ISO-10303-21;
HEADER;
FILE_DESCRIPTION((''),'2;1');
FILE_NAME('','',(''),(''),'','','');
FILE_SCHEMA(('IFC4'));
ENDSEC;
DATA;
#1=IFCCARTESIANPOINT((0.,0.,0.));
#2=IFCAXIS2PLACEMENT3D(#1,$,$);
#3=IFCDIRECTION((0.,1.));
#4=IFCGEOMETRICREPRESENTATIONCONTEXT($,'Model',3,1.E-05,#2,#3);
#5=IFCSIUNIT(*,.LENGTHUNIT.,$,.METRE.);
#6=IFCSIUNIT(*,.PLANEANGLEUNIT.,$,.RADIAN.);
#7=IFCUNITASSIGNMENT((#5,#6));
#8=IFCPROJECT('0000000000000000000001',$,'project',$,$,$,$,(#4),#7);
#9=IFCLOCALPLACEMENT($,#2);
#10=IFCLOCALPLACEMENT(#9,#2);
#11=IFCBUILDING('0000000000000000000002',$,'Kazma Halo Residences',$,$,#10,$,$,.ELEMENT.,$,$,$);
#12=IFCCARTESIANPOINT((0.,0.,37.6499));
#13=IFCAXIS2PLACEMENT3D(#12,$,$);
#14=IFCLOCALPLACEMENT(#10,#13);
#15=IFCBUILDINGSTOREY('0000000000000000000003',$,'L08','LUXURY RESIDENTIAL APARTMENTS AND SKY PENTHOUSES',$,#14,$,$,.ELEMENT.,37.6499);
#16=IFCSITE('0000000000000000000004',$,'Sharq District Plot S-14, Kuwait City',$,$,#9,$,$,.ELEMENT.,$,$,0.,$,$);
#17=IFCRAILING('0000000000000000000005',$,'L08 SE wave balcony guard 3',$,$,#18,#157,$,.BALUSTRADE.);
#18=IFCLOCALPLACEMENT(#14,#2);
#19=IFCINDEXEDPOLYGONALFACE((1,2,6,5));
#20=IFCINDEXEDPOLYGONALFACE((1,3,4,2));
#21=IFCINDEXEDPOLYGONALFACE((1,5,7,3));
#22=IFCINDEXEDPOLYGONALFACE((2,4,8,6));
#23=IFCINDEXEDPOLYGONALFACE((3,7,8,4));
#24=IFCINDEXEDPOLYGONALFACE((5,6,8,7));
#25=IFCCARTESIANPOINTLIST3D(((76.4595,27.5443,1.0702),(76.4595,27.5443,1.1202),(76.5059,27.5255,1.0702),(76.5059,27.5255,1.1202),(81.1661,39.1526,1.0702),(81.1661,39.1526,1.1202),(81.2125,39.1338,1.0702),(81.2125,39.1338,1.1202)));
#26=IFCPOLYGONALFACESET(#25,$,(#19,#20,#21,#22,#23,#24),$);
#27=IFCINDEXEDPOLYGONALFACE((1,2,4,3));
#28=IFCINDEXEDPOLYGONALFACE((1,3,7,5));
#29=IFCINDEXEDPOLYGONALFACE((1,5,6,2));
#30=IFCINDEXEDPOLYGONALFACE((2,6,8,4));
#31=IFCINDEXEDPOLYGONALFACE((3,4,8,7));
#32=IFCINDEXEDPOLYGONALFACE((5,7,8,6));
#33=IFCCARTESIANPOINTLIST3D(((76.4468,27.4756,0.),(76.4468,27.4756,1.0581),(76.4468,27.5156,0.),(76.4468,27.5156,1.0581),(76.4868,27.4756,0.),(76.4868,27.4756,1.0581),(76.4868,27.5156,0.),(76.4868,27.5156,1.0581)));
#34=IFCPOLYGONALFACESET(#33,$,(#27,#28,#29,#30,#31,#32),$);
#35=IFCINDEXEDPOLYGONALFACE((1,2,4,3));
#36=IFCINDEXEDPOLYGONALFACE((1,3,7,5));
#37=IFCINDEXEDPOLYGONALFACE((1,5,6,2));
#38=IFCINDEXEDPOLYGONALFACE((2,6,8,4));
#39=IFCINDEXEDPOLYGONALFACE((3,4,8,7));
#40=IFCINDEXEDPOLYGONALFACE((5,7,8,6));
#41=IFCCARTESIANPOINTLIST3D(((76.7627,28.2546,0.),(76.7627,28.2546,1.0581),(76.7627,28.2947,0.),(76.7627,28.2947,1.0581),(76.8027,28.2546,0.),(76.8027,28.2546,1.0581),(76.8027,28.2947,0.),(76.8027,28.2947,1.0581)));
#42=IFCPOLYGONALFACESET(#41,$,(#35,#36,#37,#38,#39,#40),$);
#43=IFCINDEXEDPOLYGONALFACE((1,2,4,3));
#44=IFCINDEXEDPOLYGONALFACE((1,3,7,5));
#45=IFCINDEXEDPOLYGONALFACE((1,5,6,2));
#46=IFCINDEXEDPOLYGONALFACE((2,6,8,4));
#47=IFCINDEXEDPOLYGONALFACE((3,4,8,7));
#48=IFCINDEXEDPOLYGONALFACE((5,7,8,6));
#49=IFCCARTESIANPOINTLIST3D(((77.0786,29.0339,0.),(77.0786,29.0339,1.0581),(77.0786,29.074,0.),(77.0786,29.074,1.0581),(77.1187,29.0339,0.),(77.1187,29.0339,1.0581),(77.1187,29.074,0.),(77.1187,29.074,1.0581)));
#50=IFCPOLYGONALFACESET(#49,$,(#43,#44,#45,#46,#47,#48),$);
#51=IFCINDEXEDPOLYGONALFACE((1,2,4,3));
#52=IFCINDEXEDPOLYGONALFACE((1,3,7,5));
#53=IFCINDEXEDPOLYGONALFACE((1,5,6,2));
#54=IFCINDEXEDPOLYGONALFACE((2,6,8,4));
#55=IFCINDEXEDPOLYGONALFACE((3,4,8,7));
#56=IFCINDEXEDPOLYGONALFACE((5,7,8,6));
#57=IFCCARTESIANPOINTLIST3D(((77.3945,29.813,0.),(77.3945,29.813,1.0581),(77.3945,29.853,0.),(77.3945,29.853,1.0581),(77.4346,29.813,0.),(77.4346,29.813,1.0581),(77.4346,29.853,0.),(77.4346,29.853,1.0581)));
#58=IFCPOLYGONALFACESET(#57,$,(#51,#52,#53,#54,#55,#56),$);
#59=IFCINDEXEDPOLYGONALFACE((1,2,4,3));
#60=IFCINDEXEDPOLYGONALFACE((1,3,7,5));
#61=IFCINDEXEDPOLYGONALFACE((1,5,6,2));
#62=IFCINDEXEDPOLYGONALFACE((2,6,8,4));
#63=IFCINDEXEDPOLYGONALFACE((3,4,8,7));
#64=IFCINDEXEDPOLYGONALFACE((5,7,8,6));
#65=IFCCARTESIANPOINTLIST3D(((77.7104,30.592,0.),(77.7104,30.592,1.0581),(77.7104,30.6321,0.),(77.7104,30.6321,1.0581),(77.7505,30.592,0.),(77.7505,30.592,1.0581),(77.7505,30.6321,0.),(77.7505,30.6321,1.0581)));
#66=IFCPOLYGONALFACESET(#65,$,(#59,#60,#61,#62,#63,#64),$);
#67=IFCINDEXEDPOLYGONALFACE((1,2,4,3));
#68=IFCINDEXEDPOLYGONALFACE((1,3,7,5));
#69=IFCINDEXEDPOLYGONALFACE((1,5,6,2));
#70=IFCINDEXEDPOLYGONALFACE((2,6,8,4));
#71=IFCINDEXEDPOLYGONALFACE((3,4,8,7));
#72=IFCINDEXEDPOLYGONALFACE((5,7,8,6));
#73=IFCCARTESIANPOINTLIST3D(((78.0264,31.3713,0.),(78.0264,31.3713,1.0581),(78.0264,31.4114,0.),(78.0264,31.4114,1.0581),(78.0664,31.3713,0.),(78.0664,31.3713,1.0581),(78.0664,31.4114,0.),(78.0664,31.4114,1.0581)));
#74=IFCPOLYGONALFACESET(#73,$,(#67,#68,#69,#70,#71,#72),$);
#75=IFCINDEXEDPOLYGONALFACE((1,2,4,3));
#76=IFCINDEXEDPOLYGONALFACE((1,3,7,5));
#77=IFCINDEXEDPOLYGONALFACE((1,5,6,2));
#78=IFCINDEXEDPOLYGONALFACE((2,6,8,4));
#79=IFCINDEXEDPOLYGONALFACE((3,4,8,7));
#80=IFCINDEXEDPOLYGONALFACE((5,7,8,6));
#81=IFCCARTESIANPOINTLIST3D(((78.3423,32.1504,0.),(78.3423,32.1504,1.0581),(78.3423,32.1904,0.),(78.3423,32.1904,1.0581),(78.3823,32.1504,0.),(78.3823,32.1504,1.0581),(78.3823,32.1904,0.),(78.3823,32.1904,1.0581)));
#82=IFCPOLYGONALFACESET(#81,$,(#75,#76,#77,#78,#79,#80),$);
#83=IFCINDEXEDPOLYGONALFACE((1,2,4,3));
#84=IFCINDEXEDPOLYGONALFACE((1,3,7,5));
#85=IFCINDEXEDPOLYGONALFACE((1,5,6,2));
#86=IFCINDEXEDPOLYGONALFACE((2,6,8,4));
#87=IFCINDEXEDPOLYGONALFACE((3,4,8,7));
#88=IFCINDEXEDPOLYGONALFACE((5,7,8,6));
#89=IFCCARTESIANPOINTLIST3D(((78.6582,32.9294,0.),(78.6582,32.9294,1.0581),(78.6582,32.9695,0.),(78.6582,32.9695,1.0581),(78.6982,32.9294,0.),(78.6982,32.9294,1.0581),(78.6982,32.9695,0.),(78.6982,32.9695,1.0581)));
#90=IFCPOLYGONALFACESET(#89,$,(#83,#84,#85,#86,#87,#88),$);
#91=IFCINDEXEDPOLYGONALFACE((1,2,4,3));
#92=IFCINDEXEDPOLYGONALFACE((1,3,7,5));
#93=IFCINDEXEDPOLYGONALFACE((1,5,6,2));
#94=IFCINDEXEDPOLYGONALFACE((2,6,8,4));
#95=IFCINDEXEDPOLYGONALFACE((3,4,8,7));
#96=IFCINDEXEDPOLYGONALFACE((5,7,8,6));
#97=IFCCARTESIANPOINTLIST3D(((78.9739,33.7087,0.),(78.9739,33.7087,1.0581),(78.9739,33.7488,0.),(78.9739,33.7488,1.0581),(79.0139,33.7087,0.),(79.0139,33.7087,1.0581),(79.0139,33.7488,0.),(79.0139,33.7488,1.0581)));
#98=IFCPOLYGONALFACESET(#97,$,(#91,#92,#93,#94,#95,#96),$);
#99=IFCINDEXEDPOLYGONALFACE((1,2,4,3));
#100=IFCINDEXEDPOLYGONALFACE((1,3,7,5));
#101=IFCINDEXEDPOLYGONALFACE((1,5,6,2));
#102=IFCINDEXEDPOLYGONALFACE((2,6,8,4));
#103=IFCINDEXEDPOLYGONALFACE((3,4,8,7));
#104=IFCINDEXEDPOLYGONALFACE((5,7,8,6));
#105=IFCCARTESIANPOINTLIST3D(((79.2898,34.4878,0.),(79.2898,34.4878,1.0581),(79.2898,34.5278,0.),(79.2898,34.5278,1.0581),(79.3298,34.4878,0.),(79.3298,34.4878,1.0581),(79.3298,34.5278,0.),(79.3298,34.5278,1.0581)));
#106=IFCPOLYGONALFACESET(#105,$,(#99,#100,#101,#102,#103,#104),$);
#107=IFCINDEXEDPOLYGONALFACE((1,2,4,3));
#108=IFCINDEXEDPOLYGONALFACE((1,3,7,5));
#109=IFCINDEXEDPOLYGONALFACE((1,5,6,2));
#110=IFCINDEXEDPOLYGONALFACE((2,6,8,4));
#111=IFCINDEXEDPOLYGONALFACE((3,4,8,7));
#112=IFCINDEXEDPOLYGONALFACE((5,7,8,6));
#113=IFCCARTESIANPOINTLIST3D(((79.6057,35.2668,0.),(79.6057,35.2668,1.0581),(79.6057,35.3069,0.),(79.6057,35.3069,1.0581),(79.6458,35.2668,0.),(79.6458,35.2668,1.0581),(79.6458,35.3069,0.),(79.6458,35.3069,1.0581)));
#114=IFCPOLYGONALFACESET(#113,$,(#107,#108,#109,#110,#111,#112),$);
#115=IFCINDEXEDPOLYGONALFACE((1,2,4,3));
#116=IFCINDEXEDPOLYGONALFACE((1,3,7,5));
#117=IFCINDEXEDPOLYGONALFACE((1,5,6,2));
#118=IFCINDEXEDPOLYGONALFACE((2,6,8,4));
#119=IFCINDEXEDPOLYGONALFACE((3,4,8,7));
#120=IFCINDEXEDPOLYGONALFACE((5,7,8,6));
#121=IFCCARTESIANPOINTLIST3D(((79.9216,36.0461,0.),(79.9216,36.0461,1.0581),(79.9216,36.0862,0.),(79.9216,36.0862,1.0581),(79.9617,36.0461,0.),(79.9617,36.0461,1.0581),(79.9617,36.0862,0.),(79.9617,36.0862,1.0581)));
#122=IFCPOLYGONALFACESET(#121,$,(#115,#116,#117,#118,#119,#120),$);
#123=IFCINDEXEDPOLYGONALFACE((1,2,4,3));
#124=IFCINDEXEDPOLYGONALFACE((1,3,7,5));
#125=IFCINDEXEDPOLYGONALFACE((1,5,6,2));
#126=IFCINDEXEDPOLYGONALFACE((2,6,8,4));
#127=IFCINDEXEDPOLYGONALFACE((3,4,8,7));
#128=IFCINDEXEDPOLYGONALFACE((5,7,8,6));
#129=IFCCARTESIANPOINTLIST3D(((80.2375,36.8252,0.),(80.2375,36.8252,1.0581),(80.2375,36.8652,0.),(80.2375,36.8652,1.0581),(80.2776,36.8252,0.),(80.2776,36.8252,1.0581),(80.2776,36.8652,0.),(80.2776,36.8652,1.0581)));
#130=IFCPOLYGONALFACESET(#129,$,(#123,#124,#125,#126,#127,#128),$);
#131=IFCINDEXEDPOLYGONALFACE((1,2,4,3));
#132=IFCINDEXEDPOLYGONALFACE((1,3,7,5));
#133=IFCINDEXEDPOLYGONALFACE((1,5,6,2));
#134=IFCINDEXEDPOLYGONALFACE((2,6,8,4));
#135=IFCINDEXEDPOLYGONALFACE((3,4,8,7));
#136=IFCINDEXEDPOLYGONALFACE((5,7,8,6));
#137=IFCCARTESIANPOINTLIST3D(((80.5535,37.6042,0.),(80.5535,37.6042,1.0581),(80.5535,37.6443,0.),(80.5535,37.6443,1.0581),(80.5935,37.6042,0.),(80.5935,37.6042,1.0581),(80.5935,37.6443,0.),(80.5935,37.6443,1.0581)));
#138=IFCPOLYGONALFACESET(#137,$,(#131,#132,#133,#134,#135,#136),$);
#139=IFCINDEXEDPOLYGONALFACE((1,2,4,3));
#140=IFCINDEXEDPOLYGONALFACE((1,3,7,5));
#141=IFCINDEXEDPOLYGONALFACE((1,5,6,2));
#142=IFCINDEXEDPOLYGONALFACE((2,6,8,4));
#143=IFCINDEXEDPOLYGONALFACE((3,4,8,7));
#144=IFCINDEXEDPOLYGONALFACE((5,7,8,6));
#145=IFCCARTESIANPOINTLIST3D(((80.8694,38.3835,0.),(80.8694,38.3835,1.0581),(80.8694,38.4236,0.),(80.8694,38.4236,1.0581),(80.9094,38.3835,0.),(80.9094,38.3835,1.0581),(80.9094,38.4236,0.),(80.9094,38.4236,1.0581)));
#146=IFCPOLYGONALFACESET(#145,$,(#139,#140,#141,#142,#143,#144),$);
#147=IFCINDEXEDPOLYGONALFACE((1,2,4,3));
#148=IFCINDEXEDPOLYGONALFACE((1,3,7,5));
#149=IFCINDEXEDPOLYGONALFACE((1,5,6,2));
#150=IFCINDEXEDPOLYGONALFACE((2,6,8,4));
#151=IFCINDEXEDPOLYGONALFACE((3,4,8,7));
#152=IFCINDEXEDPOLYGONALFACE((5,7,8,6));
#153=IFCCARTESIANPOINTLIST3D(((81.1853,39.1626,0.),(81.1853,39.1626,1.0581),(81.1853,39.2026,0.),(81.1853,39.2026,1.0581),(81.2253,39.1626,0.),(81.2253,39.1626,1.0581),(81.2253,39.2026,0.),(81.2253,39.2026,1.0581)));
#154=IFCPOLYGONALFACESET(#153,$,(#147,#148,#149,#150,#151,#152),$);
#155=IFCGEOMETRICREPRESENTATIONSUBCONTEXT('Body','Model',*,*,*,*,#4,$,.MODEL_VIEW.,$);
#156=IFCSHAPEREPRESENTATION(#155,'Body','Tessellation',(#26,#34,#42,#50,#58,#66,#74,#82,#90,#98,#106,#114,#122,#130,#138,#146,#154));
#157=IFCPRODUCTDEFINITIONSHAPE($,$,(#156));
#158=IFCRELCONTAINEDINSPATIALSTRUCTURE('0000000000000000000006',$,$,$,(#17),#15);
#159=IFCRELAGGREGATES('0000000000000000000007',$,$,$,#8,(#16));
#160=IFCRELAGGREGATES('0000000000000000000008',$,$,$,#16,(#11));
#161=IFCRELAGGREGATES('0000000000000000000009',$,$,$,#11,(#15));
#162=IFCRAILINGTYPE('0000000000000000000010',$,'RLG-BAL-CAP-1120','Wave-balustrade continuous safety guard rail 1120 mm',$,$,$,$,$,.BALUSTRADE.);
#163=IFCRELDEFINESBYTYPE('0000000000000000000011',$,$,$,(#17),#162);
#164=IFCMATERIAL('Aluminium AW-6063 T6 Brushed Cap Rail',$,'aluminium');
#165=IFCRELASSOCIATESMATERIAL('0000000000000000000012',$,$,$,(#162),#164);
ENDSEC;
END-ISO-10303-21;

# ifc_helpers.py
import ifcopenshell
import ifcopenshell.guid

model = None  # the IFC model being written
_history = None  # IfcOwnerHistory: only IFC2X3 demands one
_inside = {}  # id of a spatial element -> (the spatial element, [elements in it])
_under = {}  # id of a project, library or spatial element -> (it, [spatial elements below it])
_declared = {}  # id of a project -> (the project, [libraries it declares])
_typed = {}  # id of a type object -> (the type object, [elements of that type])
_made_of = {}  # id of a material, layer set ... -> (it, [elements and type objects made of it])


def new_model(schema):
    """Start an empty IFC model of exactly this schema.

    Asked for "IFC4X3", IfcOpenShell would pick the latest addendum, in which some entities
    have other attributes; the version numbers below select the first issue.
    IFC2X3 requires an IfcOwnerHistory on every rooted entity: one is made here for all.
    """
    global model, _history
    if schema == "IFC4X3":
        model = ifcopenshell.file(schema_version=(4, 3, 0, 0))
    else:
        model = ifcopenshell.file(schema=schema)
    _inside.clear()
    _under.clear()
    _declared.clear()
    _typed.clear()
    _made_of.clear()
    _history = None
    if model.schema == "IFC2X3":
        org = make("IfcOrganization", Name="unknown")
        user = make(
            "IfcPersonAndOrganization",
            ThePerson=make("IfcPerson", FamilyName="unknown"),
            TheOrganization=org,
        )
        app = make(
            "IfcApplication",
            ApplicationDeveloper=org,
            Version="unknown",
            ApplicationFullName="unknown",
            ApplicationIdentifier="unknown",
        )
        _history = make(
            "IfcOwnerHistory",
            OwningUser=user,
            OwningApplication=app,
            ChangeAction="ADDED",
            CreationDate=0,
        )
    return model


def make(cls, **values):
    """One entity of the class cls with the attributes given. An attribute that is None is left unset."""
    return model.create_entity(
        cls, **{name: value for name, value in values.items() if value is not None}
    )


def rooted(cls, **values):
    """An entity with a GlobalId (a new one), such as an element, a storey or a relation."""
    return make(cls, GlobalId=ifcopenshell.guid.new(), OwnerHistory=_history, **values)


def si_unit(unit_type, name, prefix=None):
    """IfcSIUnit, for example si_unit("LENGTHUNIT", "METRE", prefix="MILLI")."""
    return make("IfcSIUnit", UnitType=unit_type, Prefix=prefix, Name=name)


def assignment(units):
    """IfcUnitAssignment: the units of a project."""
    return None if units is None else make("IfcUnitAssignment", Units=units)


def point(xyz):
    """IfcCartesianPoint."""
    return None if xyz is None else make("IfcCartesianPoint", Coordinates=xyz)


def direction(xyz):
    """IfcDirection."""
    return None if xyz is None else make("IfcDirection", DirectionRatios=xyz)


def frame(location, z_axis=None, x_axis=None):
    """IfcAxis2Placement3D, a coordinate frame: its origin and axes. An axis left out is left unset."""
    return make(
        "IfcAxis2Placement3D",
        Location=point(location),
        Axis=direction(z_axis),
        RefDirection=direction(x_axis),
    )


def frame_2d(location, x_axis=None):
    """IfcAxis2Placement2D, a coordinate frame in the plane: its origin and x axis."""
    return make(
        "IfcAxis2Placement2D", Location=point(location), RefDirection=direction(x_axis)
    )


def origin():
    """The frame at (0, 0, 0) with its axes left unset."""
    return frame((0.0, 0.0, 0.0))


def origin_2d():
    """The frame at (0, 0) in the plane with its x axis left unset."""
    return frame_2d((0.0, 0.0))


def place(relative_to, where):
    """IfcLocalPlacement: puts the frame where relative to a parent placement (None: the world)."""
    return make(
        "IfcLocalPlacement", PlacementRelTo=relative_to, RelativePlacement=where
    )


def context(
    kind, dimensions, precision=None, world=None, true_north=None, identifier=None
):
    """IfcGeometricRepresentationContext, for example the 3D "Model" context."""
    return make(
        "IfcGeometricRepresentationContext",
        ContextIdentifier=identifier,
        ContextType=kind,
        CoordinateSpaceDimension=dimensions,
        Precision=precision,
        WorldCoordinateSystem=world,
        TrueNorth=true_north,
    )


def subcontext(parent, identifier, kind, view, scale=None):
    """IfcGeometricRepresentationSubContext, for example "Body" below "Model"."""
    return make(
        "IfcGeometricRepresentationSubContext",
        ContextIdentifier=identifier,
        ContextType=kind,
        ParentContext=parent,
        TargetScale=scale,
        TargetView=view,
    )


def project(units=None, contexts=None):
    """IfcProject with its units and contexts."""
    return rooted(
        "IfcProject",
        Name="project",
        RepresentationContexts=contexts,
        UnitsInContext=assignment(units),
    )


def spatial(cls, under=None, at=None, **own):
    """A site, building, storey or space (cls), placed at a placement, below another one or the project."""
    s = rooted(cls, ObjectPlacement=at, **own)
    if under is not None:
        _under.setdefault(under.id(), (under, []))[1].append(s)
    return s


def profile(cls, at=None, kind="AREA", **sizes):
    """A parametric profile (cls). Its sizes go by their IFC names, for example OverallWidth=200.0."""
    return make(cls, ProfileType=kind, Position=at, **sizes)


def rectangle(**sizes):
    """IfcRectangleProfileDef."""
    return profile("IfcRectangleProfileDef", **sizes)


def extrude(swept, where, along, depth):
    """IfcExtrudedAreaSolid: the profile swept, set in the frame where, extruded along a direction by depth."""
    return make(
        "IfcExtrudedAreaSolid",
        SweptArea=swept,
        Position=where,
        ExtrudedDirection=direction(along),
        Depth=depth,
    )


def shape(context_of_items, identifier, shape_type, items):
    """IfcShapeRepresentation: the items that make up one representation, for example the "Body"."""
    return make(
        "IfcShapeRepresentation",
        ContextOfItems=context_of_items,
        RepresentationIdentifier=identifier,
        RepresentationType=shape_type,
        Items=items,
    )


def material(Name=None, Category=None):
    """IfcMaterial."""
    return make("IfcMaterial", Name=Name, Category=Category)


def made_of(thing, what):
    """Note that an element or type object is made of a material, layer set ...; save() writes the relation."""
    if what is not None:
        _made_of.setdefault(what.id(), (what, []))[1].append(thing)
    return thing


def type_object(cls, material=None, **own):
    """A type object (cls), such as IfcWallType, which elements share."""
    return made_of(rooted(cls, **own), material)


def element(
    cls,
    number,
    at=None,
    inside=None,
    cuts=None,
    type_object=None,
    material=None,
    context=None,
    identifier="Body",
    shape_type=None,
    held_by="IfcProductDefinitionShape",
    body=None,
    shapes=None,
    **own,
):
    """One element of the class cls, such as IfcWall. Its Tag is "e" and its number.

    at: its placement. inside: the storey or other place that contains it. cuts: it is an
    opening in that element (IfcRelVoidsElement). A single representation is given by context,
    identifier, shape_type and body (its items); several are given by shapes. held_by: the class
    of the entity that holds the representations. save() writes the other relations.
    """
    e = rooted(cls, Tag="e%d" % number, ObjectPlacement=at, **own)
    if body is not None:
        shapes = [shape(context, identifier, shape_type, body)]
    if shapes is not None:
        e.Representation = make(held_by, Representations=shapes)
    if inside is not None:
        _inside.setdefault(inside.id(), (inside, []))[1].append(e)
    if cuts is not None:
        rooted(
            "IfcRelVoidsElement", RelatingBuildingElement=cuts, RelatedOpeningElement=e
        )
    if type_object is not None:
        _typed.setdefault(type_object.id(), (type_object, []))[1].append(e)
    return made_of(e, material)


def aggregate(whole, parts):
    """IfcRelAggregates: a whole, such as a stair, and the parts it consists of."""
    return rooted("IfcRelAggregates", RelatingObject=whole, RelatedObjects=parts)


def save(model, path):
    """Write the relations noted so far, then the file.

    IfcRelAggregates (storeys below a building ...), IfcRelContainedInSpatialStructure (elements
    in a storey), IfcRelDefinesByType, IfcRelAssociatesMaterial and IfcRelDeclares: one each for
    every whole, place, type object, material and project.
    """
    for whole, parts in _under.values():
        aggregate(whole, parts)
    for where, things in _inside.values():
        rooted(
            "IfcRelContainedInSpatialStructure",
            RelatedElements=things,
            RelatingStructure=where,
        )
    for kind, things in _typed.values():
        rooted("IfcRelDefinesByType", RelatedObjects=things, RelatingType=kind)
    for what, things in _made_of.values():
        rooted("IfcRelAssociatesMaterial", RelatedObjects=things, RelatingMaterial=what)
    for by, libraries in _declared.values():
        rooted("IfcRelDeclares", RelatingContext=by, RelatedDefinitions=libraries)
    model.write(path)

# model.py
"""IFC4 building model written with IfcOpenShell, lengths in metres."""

from ifc_helpers import new_model, si_unit, direction, frame, origin, origin_2d, place, context, subcontext, project, spatial, rectangle, extrude, material, type_object, element, save


model = new_model("IFC4")

# Units and contexts
model_context = context("Model", 3, precision=1e-05, world=origin(), true_north=direction((0.0, 1.0)))
body_context = subcontext(model_context, "Body", "Model", "MODEL_VIEW")
ifc_project = project(units=[si_unit("LENGTHUNIT", "METRE"), si_unit("PLANEANGLEUNIT", "RADIAN")], contexts=[model_context])

# Site, building, storey
site_placement = place(None, origin())
site = spatial("IfcSite", under=ifc_project, at=site_placement, Name="Sharq District Plot S-14, Kuwait City", CompositionType="ELEMENT", RefElevation=0.0)
building_placement = place(site_placement, origin())
building = spatial("IfcBuilding", under=site, at=building_placement, Name="Kazma Halo Residences", CompositionType="ELEMENT")
storey_placement = place(building_placement, frame((0.0, 0.0, 37.6499)))
storey = spatial("IfcBuildingStorey", under=building, at=storey_placement, Name="L08", Description="LUXURY RESIDENTIAL APARTMENTS AND SKY PENTHOUSES", CompositionType="ELEMENT", Elevation=37.6499)

# Railing
ifc_material_1 = material(Name="Aluminium AW-6063 T6 Brushed Cap Rail", Category="aluminium")
railing_type = type_object("IfcRailingType", Name="RLG-BAL-CAP-1120", Description="Wave-balustrade continuous safety guard rail 1120 mm", PredefinedType="BALUSTRADE", material=ifc_material_1)
railing_1_placement = place(storey_placement, frame((76.4668, 27.4956, 0.0)))
element("IfcRailing", 1, at=railing_1_placement, inside=storey, type_object=railing_type, Name="L08 SE wave balcony guard 3", PredefinedType="BALUSTRADE", context=body_context, shape_type="SweptSolid", body=[
    extrude(rectangle(XDim=0.05, YDim=0.05, at=origin_2d()), frame((0.0159, 0.0393, 1.0952), z_axis=(0.375742, 0.926724, 0.0), x_axis=(-0.926724, 0.375742, 0.0)), (0.0, 0.0, 1.0), 12.5261),
    extrude(rectangle(XDim=0.04, YDim=0.04, at=origin_2d()), origin(), (0.0, 0.0, 1.0), 1.0581),
    extrude(rectangle(XDim=0.04, YDim=0.04, at=origin_2d()), frame((0.3159, 0.7791, 0.0)), (0.0, 0.0, 1.0), 1.0581),
    extrude(rectangle(XDim=0.04, YDim=0.04, at=origin_2d()), frame((0.6318, 1.5583, 0.0)), (0.0, 0.0, 1.0), 1.0581),
    extrude(rectangle(XDim=0.04, YDim=0.04, at=origin_2d()), frame((0.9478, 2.3374, 0.0)), (0.0, 0.0, 1.0), 1.0581),
    extrude(rectangle(XDim=0.04, YDim=0.04, at=origin_2d()), frame((1.2637, 3.1165, 0.0)), (0.0, 0.0, 1.0), 1.0581),
    extrude(rectangle(XDim=0.04, YDim=0.04, at=origin_2d()), frame((1.5796, 3.8958, 0.0)), (0.0, 0.0, 1.0), 1.0581),
    extrude(rectangle(XDim=0.04, YDim=0.04, at=origin_2d()), frame((1.8955, 4.6748, 0.0)), (0.0, 0.0, 1.0), 1.0581),
    extrude(rectangle(XDim=0.04, YDim=0.04, at=origin_2d()), frame((2.2114, 5.4539, 0.0)), (0.0, 0.0, 1.0), 1.0581),
    extrude(rectangle(XDim=0.04, YDim=0.04, at=origin_2d()), frame((2.5271, 6.2332, 0.0)), (0.0, 0.0, 1.0), 1.0581),
    extrude(rectangle(XDim=0.04, YDim=0.04, at=origin_2d()), frame((2.843, 7.0122, 0.0)), (0.0, 0.0, 1.0), 1.0581),
    extrude(rectangle(XDim=0.04, YDim=0.04, at=origin_2d()), frame((3.1589, 7.7913, 0.0)), (0.0, 0.0, 1.0), 1.0581),
    extrude(rectangle(XDim=0.04, YDim=0.04, at=origin_2d()), frame((3.4749, 8.5706, 0.0)), (0.0, 0.0, 1.0), 1.0581),
    extrude(rectangle(XDim=0.04, YDim=0.04, at=origin_2d()), frame((3.7908, 9.3496, 0.0)), (0.0, 0.0, 1.0), 1.0581),
    extrude(rectangle(XDim=0.04, YDim=0.04, at=origin_2d()), frame((4.1067, 10.1287, 0.0)), (0.0, 0.0, 1.0), 1.0581),
    extrude(rectangle(XDim=0.04, YDim=0.04, at=origin_2d()), frame((4.4226, 10.908, 0.0)), (0.0, 0.0, 1.0), 1.0581),
    extrude(rectangle(XDim=0.04, YDim=0.04, at=origin_2d()), frame((4.7385, 11.687, 0.0)), (0.0, 0.0, 1.0), 1.0581),
])

save(model, "model.ifc")
